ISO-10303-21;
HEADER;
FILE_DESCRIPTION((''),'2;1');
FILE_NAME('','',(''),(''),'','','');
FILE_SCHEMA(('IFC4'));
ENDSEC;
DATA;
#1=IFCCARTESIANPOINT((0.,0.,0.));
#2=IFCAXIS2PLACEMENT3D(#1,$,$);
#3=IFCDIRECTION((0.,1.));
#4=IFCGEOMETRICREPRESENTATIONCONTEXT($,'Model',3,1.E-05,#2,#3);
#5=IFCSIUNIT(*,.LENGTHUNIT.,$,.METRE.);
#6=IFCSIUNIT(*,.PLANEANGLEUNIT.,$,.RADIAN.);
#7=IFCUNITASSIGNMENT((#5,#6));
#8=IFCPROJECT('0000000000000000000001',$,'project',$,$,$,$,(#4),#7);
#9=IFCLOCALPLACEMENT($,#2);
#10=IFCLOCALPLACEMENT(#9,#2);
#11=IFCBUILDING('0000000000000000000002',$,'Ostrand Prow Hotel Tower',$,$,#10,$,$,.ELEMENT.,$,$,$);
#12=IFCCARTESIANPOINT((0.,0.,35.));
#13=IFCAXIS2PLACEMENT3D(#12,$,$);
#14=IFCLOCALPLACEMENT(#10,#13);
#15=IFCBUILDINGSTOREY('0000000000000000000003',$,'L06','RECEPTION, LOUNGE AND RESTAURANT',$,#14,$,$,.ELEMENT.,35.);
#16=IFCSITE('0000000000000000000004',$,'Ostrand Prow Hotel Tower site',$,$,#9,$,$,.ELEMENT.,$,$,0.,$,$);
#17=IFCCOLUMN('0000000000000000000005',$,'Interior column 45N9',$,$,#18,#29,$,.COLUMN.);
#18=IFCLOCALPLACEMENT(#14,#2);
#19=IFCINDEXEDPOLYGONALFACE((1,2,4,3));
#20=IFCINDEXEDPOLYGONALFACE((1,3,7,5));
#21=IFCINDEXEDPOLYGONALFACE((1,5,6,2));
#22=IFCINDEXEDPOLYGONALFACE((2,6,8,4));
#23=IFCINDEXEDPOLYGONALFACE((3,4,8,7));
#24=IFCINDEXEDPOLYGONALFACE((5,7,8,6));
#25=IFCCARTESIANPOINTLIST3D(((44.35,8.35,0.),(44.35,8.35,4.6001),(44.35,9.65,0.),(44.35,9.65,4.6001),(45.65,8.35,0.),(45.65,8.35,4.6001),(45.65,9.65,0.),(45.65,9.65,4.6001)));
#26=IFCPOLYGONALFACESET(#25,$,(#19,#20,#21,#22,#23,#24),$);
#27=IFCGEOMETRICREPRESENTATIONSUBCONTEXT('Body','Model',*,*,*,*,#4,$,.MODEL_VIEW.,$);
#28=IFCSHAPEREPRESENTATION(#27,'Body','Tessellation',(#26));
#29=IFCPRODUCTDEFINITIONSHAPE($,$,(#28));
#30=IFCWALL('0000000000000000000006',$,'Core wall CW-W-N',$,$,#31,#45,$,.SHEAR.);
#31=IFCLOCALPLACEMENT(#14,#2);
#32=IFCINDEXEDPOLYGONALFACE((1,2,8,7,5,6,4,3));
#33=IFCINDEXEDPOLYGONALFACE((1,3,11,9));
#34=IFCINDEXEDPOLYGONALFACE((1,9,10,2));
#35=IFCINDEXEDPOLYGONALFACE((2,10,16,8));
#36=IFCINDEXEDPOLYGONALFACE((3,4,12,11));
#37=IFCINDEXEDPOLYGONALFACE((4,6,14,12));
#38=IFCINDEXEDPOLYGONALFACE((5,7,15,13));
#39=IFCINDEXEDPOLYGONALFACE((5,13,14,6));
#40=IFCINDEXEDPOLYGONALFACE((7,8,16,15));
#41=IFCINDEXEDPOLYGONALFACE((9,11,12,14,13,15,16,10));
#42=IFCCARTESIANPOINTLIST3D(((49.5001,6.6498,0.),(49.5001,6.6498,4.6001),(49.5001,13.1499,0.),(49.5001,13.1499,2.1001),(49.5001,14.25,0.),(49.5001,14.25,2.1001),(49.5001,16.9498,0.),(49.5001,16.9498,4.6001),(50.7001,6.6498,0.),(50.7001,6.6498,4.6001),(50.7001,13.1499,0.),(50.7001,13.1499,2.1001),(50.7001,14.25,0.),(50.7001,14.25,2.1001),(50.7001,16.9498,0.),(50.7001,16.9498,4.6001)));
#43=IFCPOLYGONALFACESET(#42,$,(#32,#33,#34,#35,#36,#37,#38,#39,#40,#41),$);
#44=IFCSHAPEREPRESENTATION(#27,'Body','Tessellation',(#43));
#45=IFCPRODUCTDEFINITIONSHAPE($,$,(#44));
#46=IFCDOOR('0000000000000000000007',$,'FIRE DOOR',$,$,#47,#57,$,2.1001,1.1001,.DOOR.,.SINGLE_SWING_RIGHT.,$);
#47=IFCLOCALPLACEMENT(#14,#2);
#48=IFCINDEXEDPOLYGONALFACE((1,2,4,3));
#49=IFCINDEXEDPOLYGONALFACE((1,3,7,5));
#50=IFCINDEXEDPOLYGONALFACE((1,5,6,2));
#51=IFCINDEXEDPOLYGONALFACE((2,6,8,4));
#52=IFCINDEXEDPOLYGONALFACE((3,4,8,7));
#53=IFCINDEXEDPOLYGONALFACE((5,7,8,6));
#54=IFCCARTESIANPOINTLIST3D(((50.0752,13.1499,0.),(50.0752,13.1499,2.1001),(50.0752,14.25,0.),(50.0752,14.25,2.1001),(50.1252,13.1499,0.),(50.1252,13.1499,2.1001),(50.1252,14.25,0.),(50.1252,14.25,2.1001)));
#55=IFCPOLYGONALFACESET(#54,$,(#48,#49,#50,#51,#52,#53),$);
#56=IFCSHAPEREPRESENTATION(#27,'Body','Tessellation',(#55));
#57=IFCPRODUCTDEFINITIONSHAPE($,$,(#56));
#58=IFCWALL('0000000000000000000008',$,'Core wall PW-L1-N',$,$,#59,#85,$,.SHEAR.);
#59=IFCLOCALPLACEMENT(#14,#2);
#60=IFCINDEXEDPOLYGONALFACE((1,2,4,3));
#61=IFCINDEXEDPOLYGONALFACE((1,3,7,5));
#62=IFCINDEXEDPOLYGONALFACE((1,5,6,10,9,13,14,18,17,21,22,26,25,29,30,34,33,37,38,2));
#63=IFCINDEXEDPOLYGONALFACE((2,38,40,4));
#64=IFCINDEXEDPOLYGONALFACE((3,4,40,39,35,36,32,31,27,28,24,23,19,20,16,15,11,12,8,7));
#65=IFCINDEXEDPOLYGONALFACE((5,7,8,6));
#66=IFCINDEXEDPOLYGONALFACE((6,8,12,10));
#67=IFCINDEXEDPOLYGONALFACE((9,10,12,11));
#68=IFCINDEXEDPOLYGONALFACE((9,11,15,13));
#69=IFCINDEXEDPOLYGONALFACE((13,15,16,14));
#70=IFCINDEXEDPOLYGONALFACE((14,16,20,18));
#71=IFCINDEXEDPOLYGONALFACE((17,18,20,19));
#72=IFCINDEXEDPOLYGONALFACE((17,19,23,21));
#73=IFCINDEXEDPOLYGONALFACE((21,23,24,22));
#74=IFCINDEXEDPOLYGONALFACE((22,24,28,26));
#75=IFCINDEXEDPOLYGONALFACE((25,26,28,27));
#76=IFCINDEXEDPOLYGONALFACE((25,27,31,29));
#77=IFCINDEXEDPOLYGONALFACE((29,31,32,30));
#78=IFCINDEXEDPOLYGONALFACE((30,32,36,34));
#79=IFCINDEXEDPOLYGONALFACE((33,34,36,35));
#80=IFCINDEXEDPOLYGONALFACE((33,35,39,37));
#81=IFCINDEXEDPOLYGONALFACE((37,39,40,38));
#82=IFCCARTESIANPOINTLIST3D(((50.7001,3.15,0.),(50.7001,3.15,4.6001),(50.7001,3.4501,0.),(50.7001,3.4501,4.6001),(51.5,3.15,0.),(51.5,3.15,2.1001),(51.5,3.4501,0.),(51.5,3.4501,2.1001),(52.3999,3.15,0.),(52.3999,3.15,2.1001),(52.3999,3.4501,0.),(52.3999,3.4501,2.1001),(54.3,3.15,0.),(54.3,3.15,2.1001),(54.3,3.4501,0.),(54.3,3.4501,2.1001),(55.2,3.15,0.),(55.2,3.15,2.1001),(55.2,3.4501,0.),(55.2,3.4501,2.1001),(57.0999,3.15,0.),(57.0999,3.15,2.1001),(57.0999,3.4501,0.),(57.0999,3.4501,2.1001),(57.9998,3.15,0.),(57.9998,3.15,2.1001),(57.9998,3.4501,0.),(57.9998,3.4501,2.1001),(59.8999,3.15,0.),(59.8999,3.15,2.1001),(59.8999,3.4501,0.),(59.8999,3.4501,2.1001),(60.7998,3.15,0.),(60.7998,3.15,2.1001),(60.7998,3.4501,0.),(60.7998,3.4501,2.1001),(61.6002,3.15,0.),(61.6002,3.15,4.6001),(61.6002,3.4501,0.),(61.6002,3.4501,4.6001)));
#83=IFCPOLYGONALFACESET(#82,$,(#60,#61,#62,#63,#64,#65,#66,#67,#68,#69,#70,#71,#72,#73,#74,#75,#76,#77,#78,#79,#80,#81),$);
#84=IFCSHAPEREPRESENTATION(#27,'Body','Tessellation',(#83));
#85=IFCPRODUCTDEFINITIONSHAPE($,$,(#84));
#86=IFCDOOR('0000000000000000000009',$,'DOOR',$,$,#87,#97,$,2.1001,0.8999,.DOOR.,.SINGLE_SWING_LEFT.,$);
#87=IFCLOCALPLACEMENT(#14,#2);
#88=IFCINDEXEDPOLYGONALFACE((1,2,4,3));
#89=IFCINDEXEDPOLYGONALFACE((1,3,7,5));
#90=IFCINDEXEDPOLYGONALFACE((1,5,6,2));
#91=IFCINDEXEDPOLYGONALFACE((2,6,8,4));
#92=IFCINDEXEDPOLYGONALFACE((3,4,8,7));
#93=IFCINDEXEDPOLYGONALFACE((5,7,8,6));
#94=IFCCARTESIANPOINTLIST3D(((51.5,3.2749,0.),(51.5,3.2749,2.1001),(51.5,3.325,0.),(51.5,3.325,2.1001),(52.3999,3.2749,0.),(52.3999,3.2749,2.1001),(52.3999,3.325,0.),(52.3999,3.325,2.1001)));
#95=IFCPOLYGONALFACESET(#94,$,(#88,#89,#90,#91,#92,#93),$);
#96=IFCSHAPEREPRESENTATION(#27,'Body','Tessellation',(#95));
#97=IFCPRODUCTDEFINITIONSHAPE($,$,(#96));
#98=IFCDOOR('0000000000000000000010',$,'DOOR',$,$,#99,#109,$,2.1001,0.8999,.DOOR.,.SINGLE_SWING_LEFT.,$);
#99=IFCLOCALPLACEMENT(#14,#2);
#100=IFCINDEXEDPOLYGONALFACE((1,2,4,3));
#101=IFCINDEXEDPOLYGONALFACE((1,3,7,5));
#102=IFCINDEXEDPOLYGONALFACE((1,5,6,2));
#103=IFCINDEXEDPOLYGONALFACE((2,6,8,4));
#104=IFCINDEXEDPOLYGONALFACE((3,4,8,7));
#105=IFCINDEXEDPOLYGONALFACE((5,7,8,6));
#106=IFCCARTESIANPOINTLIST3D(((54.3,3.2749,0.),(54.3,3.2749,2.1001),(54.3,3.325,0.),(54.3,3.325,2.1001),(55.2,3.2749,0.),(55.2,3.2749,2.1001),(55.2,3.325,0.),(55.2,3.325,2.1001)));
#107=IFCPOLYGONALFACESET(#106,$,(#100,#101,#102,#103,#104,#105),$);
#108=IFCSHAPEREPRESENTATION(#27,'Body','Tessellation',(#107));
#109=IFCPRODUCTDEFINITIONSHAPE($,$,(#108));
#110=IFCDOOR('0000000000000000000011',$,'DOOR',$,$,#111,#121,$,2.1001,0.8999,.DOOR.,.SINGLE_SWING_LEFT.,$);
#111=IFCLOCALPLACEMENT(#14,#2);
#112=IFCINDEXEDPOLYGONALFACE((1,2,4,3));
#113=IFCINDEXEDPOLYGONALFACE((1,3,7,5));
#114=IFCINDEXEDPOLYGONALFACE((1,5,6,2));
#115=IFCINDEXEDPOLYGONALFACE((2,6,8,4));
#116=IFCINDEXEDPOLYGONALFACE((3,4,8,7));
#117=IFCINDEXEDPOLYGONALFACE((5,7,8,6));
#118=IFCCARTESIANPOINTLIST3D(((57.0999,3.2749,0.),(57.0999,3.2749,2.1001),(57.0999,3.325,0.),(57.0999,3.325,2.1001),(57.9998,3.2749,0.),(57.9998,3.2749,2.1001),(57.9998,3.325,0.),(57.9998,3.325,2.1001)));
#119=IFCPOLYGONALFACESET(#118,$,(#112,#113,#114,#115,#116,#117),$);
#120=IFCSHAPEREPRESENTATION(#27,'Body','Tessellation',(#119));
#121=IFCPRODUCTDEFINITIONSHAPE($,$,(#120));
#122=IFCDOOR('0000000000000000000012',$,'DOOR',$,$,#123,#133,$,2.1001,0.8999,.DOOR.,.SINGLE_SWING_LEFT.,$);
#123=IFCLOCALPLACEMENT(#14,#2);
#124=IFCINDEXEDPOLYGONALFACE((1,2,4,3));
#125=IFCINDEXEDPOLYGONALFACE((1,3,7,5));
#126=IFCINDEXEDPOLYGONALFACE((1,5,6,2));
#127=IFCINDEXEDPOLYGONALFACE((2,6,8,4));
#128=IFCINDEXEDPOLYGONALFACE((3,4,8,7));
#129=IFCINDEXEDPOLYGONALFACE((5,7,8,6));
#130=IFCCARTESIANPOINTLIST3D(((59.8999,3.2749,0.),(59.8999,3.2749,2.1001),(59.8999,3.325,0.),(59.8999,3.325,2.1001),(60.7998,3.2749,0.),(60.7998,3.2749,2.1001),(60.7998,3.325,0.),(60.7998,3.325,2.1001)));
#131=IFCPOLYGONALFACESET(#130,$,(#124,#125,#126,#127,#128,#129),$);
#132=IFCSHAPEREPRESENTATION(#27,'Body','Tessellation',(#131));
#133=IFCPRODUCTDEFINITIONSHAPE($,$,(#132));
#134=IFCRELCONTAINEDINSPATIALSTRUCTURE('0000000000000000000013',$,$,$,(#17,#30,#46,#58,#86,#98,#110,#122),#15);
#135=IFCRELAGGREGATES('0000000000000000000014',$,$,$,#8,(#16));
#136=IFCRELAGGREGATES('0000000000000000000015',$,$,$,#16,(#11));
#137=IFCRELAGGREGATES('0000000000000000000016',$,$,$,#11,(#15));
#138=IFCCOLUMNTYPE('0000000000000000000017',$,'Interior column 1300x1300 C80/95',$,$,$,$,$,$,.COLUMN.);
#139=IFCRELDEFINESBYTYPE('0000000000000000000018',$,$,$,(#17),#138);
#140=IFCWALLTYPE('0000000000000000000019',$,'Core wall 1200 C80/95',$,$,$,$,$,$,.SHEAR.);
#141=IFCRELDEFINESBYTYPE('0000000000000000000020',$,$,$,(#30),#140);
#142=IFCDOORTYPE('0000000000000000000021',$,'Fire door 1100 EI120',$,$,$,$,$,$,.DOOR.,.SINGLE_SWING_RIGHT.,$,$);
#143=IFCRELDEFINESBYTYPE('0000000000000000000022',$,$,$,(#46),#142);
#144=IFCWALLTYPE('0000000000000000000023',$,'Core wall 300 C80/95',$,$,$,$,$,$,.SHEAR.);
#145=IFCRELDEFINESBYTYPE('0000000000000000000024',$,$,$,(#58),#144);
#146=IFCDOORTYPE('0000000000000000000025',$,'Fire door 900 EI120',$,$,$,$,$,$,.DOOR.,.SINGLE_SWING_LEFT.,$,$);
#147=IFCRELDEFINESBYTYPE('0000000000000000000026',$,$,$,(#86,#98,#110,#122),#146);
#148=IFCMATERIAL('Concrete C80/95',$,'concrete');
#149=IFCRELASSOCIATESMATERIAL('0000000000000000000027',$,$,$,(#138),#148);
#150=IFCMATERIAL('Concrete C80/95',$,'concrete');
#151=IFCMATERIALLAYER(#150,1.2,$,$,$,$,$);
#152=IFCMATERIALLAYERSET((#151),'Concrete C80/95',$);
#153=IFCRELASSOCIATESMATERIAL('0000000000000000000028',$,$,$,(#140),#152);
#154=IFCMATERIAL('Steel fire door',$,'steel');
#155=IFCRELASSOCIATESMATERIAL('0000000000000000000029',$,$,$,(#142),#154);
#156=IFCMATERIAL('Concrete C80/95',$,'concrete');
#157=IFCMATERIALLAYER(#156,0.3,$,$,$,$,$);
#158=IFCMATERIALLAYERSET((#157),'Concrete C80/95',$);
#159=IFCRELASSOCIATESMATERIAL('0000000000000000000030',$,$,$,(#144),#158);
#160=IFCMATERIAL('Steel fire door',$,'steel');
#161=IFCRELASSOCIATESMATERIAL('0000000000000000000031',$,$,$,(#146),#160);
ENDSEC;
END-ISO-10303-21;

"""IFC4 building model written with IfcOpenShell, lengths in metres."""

from ifc_helpers import new_model, si_unit, direction, frame, frame_2d, origin, origin_2d, place, context, subcontext, project, spatial, rectangle, extrude, material, layer, layer_set, material_profile, profile_set, type_object, element, fill, save


model = new_model("IFC4")

# Units and contexts
model_context = context("Model", 3, precision=1e-05, world=origin(), true_north=direction((0.0, 1.0)))
body_context = subcontext(model_context, "Body", "Model", "MODEL_VIEW")
ifc_project = project(units=[si_unit("LENGTHUNIT", "METRE"), si_unit("PLANEANGLEUNIT", "RADIAN")], contexts=[model_context])

# Site, building, storey
site_placement = place(None, origin())
site = spatial("IfcSite", under=ifc_project, at=site_placement, Name="Ostrand Prow Hotel Tower site", CompositionType="ELEMENT", RefElevation=0.0)
building_placement = place(site_placement, origin())
building = spatial("IfcBuilding", under=site, at=building_placement, Name="Ostrand Prow Hotel Tower", CompositionType="ELEMENT")
storey_placement = place(building_placement, frame((0.0, 0.0, 35.0)))
storey = spatial("IfcBuildingStorey", under=building, at=storey_placement, Name="L06", Description="RECEPTION, LOUNGE AND RESTAURANT", CompositionType="ELEMENT", Elevation=35.0)

# Column
ifc_material_1 = material(Name="Concrete C80/95", Category="concrete")
ifc_material_profile = material_profile(ifc_material_1, rectangle(XDim=1.3, YDim=1.3, at=origin_2d()), Name="RC 1300x1300")
ifc_profile_set = profile_set([ifc_material_profile], Name="Concrete C80/95")
column_type = type_object("IfcColumnType", Name="Interior column 1300x1300 C80/95", PredefinedType="COLUMN", material=ifc_profile_set)
column_placement = place(storey_placement, frame((45.0, 9.0, 0.0), z_axis=(0.0, 0.0, 1.0), x_axis=(1.0, 0.0, 0.0)))
element("IfcColumn", 1, at=column_placement, inside=storey, type_object=column_type, Name="Interior column 45N9", PredefinedType="COLUMN", context=body_context, shape_type="SweptSolid", body=[
    extrude(rectangle(XDim=1.3, YDim=1.3, at=origin_2d()), origin(), (0.0, 0.0, 1.0), 4.6001),
])

# Wall, opening, door
ifc_material_2 = material(Name="Concrete C80/95", Category="concrete")
ifc_layer_1 = layer(ifc_material_2, 1.2)
ifc_layer_set_1 = layer_set([ifc_layer_1], Name="Concrete C80/95")
wall_type_1 = type_object("IfcWallType", Name="Core wall 1200 C80/95", PredefinedType="SHEAR", material=ifc_layer_set_1)
wall_1_placement = place(storey_placement, frame((50.1001, 6.6499, 0.0), z_axis=(0.0, 0.0, 1.0), x_axis=(0.0, 1.0, 0.0)))
wall_1 = element("IfcWall", 2, at=wall_1_placement, inside=storey, type_object=wall_type_1, Name="Core wall CW-W-N", PredefinedType="SHEAR", context=body_context, shape_type="SweptSolid", body=[
    extrude(rectangle(XDim=10.3, YDim=1.2, at=frame_2d((5.1499, 0.0))), origin(), (0.0, 0.0, 1.0), 4.6001),
])
opening_1_placement = place(wall_1_placement, frame((6.5, 0.0, 0.0)))
opening_1 = element("IfcOpeningElement", 3, at=opening_1_placement, cuts=wall_1, PredefinedType="OPENING", context=body_context, shape_type="SweptSolid", body=[
    extrude(rectangle(XDim=1.1001, YDim=2.1001, at=frame_2d((0.55, 1.05))), frame((0.0, 0.6099, 0.0), z_axis=(0.0, -1.0, 0.0), x_axis=(1.0, 0.0, 0.0)), (0.0, 0.0, 1.0), 1.22),
])
ifc_material_3 = material(Name="Steel fire door", Category="steel")
door_type_1 = type_object("IfcDoorType", Name="Fire door 1100 EI120", OperationType="SINGLE_SWING_RIGHT", PredefinedType="DOOR", material=ifc_material_3)
door_1_placement = place(opening_1_placement, origin())
door_1 = element("IfcDoor", 4, at=door_1_placement, inside=storey, type_object=door_type_1, Name="FIRE DOOR", OperationType="SINGLE_SWING_RIGHT", OverallHeight=2.1001, OverallWidth=1.1001, PredefinedType="DOOR", context=body_context, shape_type="SweptSolid", body=[
    extrude(rectangle(XDim=1.1001, YDim=2.1001, at=frame_2d((0.55, 1.05))), frame((0.0, 0.0249, 0.0), z_axis=(0.0, -1.0, 0.0), x_axis=(1.0, 0.0, 0.0)), (0.0, 0.0, 1.0), 0.05),
])
fill(opening_1, door_1)

# Wall, openings, doors
ifc_material_4 = material(Name="Concrete C80/95", Category="concrete")
ifc_layer_2 = layer(ifc_material_4, 0.3)
ifc_layer_set_2 = layer_set([ifc_layer_2], Name="Concrete C80/95")
wall_type_2 = type_object("IfcWallType", Name="Core wall 300 C80/95", PredefinedType="SHEAR", material=ifc_layer_set_2)
wall_2_placement = place(storey_placement, frame((50.7, 3.3, 0.0), z_axis=(0.0, 0.0, 1.0), x_axis=(1.0, 0.0, 0.0)))
wall_2 = element("IfcWall", 5, at=wall_2_placement, inside=storey, type_object=wall_type_2, Name="Core wall PW-L1-N", PredefinedType="SHEAR", context=body_context, shape_type="SweptSolid", body=[
    extrude(rectangle(XDim=10.9001, YDim=0.3, at=frame_2d((5.4502, 0.0))), origin(), (0.0, 0.0, 1.0), 4.6001),
])
opening_2_placement = place(wall_2_placement, frame((0.8, 0.0, 0.0)))
opening_2 = element("IfcOpeningElement", 6, at=opening_2_placement, cuts=wall_2, PredefinedType="OPENING", context=body_context, shape_type="SweptSolid", body=[
    extrude(rectangle(XDim=0.8999, YDim=2.1001, at=frame_2d((0.45, 1.05))), frame((0.0, 0.1599, 0.0), z_axis=(0.0, -1.0, 0.0), x_axis=(1.0, 0.0, 0.0)), (0.0, 0.0, 1.0), 0.3201),
])
opening_3_placement = place(wall_2_placement, frame((3.6001, 0.0, 0.0)))
opening_3 = element("IfcOpeningElement", 7, at=opening_3_placement, cuts=wall_2, PredefinedType="OPENING", context=body_context, shape_type="SweptSolid", body=[
    extrude(rectangle(XDim=0.8999, YDim=2.1001, at=frame_2d((0.45, 1.05))), frame((0.0, 0.1599, 0.0), z_axis=(0.0, -1.0, 0.0), x_axis=(1.0, 0.0, 0.0)), (0.0, 0.0, 1.0), 0.3201),
])
opening_4_placement = place(wall_2_placement, frame((6.3999, 0.0, 0.0)))
opening_4 = element("IfcOpeningElement", 8, at=opening_4_placement, cuts=wall_2, PredefinedType="OPENING", context=body_context, shape_type="SweptSolid", body=[
    extrude(rectangle(XDim=0.8999, YDim=2.1001, at=frame_2d((0.45, 1.05))), frame((0.0, 0.1599, 0.0), z_axis=(0.0, -1.0, 0.0), x_axis=(1.0, 0.0, 0.0)), (0.0, 0.0, 1.0), 0.3201),
])
opening_5_placement = place(wall_2_placement, frame((9.2, 0.0, 0.0)))
opening_5 = element("IfcOpeningElement", 9, at=opening_5_placement, cuts=wall_2, PredefinedType="OPENING", context=body_context, shape_type="SweptSolid", body=[
    extrude(rectangle(XDim=0.8999, YDim=2.1001, at=frame_2d((0.45, 1.05))), frame((0.0, 0.1599, 0.0), z_axis=(0.0, -1.0, 0.0), x_axis=(1.0, 0.0, 0.0)), (0.0, 0.0, 1.0), 0.3201),
])
ifc_material_5 = material(Name="Steel fire door", Category="steel")
door_type_2 = type_object("IfcDoorType", Name="Fire door 900 EI120", OperationType="SINGLE_SWING_LEFT", PredefinedType="DOOR", material=ifc_material_5)
door_2_placement = place(opening_2_placement, origin())
door_2 = element("IfcDoor", 10, at=door_2_placement, inside=storey, type_object=door_type_2, Name="DOOR", OperationType="SINGLE_SWING_LEFT", OverallHeight=2.1001, OverallWidth=0.8999, PredefinedType="DOOR", context=body_context, shape_type="SweptSolid", body=[
    extrude(rectangle(XDim=0.8999, YDim=2.1001, at=frame_2d((0.45, 1.05))), frame((0.0, 0.0249, 0.0), z_axis=(0.0, -1.0, 0.0), x_axis=(1.0, 0.0, 0.0)), (0.0, 0.0, 1.0), 0.05),
])
fill(opening_2, door_2)
door_3_placement = place(opening_3_placement, origin())
door_3 = element("IfcDoor", 11, at=door_3_placement, inside=storey, type_object=door_type_2, Name="DOOR", OperationType="SINGLE_SWING_LEFT", OverallHeight=2.1001, OverallWidth=0.8999, PredefinedType="DOOR", context=body_context, shape_type="SweptSolid", body=[
    extrude(rectangle(XDim=0.8999, YDim=2.1001, at=frame_2d((0.45, 1.05))), frame((0.0, 0.0249, 0.0), z_axis=(0.0, -1.0, 0.0), x_axis=(1.0, 0.0, 0.0)), (0.0, 0.0, 1.0), 0.05),
])
fill(opening_3, door_3)
door_4_placement = place(opening_4_placement, origin())
door_4 = element("IfcDoor", 12, at=door_4_placement, inside=storey, type_object=door_type_2, Name="DOOR", OperationType="SINGLE_SWING_LEFT", OverallHeight=2.1001, OverallWidth=0.8999, PredefinedType="DOOR", context=body_context, shape_type="SweptSolid", body=[
    extrude(rectangle(XDim=0.8999, YDim=2.1001, at=frame_2d((0.45, 1.05))), frame((0.0, 0.0249, 0.0), z_axis=(0.0, -1.0, 0.0), x_axis=(1.0, 0.0, 0.0)), (0.0, 0.0, 1.0), 0.05),
])
fill(opening_4, door_4)
door_5_placement = place(opening_5_placement, origin())
door_5 = element("IfcDoor", 13, at=door_5_placement, inside=storey, type_object=door_type_2, Name="DOOR", OperationType="SINGLE_SWING_LEFT", OverallHeight=2.1001, OverallWidth=0.8999, PredefinedType="DOOR", context=body_context, shape_type="SweptSolid", body=[
    extrude(rectangle(XDim=0.8999, YDim=2.1001, at=frame_2d((0.45, 1.05))), frame((0.0, 0.0249, 0.0), z_axis=(0.0, -1.0, 0.0), x_axis=(1.0, 0.0, 0.0)), (0.0, 0.0, 1.0), 0.05),
])
fill(opening_5, door_5)

save(model, "model.ifc")
